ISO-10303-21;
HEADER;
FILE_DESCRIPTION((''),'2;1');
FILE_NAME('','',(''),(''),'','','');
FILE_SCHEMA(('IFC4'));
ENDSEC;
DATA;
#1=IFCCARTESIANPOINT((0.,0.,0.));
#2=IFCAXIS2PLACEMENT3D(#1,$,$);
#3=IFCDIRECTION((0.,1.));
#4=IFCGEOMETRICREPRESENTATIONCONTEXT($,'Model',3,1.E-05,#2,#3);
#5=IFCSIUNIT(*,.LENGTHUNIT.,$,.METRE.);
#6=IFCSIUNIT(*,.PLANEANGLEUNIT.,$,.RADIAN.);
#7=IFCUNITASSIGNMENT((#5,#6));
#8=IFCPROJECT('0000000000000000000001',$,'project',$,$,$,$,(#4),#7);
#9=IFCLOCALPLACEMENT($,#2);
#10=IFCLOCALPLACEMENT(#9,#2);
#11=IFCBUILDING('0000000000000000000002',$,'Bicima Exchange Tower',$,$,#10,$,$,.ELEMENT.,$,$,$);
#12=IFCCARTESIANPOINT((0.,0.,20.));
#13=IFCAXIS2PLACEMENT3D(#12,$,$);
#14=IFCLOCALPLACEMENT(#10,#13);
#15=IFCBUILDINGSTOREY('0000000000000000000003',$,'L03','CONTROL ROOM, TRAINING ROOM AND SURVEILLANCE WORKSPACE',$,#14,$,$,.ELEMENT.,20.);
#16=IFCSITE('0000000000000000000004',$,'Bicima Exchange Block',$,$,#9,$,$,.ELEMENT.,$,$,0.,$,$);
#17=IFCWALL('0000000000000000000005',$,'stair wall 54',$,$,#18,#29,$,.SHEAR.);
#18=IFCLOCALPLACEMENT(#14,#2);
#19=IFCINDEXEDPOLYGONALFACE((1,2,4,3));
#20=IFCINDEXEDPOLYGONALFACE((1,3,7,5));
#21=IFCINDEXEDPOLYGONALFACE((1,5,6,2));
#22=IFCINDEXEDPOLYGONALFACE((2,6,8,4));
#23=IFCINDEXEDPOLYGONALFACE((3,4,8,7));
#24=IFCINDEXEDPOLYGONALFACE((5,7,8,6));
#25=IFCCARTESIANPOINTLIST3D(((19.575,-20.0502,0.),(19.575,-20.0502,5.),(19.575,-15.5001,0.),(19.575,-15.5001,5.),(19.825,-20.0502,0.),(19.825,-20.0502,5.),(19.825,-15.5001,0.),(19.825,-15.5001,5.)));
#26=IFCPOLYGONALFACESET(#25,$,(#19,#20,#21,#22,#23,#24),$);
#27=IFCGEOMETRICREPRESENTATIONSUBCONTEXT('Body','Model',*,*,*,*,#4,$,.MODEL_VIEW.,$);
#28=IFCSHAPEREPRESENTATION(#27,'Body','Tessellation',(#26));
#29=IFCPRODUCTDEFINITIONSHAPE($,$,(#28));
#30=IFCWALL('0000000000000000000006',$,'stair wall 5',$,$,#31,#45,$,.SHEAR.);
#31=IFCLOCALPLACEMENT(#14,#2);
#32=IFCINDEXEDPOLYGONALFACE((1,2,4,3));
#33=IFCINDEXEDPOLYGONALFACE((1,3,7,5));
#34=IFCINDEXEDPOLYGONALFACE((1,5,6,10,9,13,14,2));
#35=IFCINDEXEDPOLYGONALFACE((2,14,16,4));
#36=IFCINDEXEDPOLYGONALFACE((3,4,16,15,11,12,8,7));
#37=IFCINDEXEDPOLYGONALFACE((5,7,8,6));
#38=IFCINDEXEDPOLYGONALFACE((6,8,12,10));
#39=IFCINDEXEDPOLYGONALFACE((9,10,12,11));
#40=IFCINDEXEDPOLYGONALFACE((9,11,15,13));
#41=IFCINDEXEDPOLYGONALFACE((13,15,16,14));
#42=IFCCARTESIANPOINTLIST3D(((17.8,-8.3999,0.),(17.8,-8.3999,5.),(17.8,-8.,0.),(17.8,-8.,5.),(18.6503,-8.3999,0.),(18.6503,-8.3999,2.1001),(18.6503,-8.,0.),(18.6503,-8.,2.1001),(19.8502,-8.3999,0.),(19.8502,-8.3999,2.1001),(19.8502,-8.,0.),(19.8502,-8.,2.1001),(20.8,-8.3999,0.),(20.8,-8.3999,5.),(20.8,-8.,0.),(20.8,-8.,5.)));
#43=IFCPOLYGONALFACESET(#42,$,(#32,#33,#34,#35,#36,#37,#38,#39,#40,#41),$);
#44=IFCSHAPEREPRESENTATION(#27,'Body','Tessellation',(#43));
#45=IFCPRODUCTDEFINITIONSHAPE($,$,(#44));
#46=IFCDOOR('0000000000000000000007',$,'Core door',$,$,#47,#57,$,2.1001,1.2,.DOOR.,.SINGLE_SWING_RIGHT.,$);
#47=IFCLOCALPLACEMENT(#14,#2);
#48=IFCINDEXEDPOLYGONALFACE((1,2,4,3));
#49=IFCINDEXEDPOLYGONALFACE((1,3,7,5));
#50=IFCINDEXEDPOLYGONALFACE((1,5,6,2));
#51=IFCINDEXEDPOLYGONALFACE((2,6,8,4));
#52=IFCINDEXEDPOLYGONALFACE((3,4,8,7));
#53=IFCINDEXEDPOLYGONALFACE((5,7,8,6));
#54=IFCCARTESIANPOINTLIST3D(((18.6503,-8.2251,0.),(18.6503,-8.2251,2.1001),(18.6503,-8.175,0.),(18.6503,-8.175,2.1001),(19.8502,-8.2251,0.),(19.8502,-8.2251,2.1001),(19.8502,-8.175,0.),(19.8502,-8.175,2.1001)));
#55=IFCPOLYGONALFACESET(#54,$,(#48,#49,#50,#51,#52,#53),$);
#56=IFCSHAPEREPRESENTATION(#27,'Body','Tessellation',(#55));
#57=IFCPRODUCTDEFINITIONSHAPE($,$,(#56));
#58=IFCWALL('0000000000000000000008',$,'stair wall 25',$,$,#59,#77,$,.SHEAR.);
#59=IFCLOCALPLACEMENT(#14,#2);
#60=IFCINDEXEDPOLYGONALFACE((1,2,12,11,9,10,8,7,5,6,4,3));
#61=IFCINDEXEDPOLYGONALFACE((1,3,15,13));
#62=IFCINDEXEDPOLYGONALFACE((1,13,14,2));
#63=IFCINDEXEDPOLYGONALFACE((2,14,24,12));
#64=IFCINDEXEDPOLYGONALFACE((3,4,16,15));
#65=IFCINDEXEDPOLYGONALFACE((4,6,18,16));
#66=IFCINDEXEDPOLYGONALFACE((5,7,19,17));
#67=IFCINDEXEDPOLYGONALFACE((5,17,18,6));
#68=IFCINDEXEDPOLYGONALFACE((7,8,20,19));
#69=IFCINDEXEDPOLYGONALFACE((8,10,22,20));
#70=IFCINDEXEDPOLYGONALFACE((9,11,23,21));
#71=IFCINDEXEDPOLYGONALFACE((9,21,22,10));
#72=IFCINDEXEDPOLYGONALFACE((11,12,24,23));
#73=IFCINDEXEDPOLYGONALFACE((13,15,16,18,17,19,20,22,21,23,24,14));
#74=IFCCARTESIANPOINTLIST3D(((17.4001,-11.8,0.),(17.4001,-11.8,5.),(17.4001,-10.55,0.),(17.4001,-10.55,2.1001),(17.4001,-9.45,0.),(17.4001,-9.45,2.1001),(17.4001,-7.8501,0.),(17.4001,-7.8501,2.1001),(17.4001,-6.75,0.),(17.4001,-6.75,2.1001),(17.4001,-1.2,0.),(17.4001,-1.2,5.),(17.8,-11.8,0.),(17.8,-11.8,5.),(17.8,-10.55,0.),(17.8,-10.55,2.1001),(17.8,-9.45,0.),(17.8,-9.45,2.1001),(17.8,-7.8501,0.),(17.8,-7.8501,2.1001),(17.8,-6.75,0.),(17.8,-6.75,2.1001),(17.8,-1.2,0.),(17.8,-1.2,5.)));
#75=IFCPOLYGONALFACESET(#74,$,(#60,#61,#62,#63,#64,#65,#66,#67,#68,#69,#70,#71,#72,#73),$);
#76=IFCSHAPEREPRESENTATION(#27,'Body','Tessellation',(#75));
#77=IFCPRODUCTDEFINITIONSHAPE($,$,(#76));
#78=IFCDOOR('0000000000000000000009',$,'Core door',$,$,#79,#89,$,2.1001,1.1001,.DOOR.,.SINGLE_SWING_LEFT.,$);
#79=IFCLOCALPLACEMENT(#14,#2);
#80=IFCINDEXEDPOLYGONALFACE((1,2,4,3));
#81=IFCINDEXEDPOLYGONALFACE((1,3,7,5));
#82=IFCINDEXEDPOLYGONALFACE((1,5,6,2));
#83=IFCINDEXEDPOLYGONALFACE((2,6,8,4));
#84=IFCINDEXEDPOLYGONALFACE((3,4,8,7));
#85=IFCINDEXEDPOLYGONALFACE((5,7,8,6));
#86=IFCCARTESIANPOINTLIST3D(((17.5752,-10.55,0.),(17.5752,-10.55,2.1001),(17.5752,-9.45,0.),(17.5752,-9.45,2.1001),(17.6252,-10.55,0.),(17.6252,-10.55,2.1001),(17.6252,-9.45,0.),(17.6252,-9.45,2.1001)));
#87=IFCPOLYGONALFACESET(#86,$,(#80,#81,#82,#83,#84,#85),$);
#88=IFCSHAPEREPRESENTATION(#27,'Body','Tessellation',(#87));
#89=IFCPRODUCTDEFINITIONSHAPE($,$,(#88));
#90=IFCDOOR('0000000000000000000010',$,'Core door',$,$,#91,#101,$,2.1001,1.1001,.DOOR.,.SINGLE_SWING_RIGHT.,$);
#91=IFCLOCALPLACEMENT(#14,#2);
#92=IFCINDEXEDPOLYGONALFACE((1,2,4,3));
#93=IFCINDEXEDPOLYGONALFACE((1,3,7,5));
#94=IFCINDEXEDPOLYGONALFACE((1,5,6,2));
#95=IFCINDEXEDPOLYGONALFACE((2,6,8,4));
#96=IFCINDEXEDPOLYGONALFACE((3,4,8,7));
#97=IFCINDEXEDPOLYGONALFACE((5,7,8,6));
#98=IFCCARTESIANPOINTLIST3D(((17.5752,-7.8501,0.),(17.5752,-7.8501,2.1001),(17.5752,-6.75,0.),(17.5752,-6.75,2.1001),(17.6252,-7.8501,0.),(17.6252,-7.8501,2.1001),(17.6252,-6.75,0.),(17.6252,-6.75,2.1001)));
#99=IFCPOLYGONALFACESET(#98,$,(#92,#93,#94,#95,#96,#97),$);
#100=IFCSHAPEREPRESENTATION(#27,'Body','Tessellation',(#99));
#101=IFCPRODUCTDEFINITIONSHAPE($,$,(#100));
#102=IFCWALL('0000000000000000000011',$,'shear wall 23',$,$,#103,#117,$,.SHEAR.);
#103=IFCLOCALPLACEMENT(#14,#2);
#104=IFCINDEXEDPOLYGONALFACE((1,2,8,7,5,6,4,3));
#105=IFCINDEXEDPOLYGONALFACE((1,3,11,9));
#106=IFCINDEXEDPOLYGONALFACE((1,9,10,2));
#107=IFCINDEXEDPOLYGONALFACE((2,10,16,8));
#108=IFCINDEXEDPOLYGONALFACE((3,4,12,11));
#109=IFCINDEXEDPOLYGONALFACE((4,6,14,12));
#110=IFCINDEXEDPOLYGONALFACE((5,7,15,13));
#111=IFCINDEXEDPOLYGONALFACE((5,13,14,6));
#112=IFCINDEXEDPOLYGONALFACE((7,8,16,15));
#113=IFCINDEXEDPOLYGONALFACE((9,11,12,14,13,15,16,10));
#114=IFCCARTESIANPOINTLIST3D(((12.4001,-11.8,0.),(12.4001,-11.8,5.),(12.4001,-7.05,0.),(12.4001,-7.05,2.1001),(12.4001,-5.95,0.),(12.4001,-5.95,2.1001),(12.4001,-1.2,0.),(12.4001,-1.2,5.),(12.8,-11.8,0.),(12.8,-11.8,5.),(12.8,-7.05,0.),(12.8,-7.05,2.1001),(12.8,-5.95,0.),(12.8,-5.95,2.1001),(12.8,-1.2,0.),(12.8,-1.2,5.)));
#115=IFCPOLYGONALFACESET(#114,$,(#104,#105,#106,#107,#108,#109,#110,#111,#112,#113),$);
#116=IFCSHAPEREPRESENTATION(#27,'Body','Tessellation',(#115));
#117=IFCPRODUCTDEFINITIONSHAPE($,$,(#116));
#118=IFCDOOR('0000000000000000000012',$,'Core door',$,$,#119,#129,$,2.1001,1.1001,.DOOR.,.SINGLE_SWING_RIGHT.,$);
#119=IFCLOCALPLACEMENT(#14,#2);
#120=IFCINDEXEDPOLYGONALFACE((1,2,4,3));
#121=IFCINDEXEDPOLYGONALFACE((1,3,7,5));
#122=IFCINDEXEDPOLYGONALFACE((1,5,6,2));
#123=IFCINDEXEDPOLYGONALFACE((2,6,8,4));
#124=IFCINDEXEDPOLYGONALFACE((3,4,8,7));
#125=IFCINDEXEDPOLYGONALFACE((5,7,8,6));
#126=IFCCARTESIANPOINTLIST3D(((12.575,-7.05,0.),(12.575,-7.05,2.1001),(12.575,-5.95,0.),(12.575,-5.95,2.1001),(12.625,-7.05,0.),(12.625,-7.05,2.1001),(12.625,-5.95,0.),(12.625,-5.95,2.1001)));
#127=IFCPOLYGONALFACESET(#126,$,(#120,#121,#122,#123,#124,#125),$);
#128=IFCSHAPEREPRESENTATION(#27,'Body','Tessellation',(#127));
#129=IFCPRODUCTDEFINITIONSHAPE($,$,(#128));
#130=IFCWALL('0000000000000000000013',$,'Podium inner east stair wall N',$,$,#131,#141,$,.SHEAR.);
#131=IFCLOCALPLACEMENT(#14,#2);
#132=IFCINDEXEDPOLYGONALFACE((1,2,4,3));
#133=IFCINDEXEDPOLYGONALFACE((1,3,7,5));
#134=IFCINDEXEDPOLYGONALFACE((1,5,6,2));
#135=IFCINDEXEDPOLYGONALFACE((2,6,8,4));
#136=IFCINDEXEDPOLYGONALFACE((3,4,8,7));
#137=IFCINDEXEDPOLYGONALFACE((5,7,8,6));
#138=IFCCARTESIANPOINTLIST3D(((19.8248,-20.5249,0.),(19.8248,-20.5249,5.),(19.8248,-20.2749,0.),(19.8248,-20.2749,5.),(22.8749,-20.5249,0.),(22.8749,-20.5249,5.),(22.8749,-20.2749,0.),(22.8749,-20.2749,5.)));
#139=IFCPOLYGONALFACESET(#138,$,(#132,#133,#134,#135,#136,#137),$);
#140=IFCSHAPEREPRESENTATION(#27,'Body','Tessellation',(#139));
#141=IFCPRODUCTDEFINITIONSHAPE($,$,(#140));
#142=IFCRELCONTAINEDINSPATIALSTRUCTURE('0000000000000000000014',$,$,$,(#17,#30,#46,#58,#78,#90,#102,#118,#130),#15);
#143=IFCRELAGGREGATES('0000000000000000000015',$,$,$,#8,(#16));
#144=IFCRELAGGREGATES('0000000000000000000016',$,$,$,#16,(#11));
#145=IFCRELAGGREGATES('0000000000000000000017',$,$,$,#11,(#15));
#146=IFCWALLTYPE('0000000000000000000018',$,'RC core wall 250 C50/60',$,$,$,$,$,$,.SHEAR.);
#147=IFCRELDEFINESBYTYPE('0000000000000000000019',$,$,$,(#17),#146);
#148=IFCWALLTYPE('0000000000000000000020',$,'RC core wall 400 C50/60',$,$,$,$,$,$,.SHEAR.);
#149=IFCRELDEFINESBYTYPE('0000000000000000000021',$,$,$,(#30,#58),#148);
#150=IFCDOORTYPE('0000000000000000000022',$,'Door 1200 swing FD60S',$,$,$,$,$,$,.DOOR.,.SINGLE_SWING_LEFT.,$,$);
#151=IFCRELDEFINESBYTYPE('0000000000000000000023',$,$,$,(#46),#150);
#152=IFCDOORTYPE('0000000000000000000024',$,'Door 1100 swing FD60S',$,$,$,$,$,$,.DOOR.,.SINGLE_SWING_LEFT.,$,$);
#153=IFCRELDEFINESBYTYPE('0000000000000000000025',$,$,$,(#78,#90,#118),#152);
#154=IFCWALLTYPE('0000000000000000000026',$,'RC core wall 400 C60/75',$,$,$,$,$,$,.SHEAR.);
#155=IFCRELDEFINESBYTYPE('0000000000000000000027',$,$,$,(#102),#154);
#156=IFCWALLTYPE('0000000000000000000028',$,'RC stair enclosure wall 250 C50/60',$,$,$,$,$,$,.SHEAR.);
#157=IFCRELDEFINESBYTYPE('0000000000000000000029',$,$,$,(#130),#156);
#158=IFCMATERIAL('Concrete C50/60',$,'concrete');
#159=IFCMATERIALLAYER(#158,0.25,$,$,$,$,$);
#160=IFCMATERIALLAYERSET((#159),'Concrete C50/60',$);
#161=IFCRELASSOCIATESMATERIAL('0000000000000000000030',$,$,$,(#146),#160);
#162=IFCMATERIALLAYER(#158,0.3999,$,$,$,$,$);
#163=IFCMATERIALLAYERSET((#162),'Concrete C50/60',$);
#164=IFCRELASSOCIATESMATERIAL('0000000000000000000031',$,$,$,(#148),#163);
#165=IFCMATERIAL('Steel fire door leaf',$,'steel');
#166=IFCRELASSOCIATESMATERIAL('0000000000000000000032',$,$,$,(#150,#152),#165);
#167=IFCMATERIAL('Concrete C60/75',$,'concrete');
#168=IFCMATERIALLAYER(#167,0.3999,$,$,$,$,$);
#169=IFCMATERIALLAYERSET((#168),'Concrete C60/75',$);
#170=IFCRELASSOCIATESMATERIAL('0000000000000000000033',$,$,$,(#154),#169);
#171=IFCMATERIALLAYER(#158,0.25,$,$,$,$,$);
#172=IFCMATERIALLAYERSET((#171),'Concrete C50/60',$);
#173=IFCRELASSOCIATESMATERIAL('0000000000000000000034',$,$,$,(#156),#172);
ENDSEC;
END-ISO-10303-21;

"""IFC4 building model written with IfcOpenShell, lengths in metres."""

from ifc_helpers import new_model, si_unit, direction, frame, frame_2d, origin, place, context, subcontext, project, spatial, rectangle, extrude, material, layer, layer_set, type_object, element, fill, save


model = new_model("IFC4")

# Units and contexts
model_context = context("Model", 3, precision=1e-05, world=origin(), true_north=direction((0.0, 1.0)))
body_context = subcontext(model_context, "Body", "Model", "MODEL_VIEW")
ifc_project = project(units=[si_unit("LENGTHUNIT", "METRE"), si_unit("PLANEANGLEUNIT", "RADIAN")], contexts=[model_context])

# Site, building, storey
site_placement = place(None, origin())
site = spatial("IfcSite", under=ifc_project, at=site_placement, Name="Bicima Exchange Block", CompositionType="ELEMENT", RefElevation=0.0)
building_placement = place(site_placement, origin())
building = spatial("IfcBuilding", under=site, at=building_placement, Name="Bicima Exchange Tower", CompositionType="ELEMENT")
storey_placement = place(building_placement, frame((0.0, 0.0, 20.0)))
storey = spatial("IfcBuildingStorey", under=building, at=storey_placement, Name="L03", Description="CONTROL ROOM, TRAINING ROOM AND SURVEILLANCE WORKSPACE", CompositionType="ELEMENT", Elevation=20.0)

# Shared definitions
ifc_material_1 = material(Name="Concrete C60/75", Category="concrete")

# Shared definitions
ifc_material_2 = material(Name="Steel fire door leaf", Category="steel")

# Wall
ifc_material_3 = material(Name="Concrete C50/60", Category="concrete")
ifc_layer_1 = layer(ifc_material_3, 0.25)
ifc_layer_set_1 = layer_set([ifc_layer_1], Name="Concrete C50/60")
wall_type_1 = type_object("IfcWallType", Name="RC core wall 250 C50/60", PredefinedType="SHEAR", material=ifc_layer_set_1)
wall_1_placement = place(storey_placement, frame((19.7, -20.05, 0.0), z_axis=(0.0, 0.0, 1.0), x_axis=(0.0, 1.0, 0.0)))
element("IfcWall", 1, at=wall_1_placement, inside=storey, type_object=wall_type_1, Name="stair wall 54", PredefinedType="SHEAR", context=body_context, shape_type="SweptSolid", body=[
    extrude(rectangle(XDim=4.55, YDim=0.25, at=frame_2d((2.2749, 0.0))), origin(), (0.0, 0.0, 1.0), 5.0),
])

# Wall, opening, door
ifc_layer_2 = layer(ifc_material_3, 0.3999)
ifc_layer_set_2 = layer_set([ifc_layer_2], Name="Concrete C50/60")
wall_type_2 = type_object("IfcWallType", Name="RC core wall 400 C50/60", PredefinedType="SHEAR", material=ifc_layer_set_2)
wall_2_placement = place(storey_placement, frame((17.8, -8.2, 0.0), z_axis=(0.0, 0.0, 1.0), x_axis=(1.0, 0.0, 0.0)))
wall_2 = element("IfcWall", 2, at=wall_2_placement, inside=storey, type_object=wall_type_2, Name="stair wall 5", PredefinedType="SHEAR", context=body_context, shape_type="SweptSolid", body=[
    extrude(rectangle(XDim=3.0, YDim=0.3999, at=frame_2d((1.5, 0.0))), origin(), (0.0, 0.0, 1.0), 5.0),
])
opening_1_placement = place(wall_2_placement, frame((0.8501, 0.0, 0.0)))
opening_1 = element("IfcOpeningElement", 3, at=opening_1_placement, cuts=wall_2, PredefinedType="OPENING", context=body_context, shape_type="SweptSolid", body=[
    extrude(rectangle(XDim=1.2, YDim=2.1001, at=frame_2d((0.6001, 1.05))), frame((0.0, 0.2119, 0.0), z_axis=(0.0, -1.0, 0.0), x_axis=(1.0, 0.0, 0.0)), (0.0, 0.0, 1.0), 0.4238),
])
door_type_1 = type_object("IfcDoorType", Name="Door 1200 swing FD60S", OperationType="SINGLE_SWING_LEFT", PredefinedType="DOOR", material=ifc_material_2)
door_1_placement = place(opening_1_placement, origin())
door_1 = element("IfcDoor", 4, at=door_1_placement, inside=storey, type_object=door_type_1, Name="Core door", OperationType="SINGLE_SWING_RIGHT", OverallHeight=2.1001, OverallWidth=1.2, PredefinedType="DOOR", context=body_context, shape_type="SweptSolid", body=[
    extrude(rectangle(XDim=1.2, YDim=2.1001, at=frame_2d((0.6001, 1.05))), frame((0.0, 0.0249, 0.0), z_axis=(0.0, -1.0, 0.0), x_axis=(1.0, 0.0, 0.0)), (0.0, 0.0, 1.0), 0.05),
])
fill(opening_1, door_1)

# Wall, openings, doors
wall_3_placement = place(storey_placement, frame((17.6001, -11.8, 0.0), z_axis=(0.0, 0.0, 1.0), x_axis=(0.0, 1.0, 0.0)))
wall_3 = element("IfcWall", 5, at=wall_3_placement, inside=storey, type_object=wall_type_2, Name="stair wall 25", PredefinedType="SHEAR", context=body_context, shape_type="SweptSolid", body=[
    extrude(rectangle(XDim=10.6001, YDim=0.3999, at=frame_2d((5.3, 0.0))), origin(), (0.0, 0.0, 1.0), 5.0),
])
opening_2_placement = place(wall_3_placement, frame((1.25, 0.0, 0.0)))
opening_2 = element("IfcOpeningElement", 6, at=opening_2_placement, cuts=wall_3, PredefinedType="OPENING", context=body_context, shape_type="SweptSolid", body=[
    extrude(rectangle(XDim=1.1001, YDim=2.1001, at=frame_2d((0.55, 1.05))), frame((0.0, 0.2119, 0.0), z_axis=(0.0, -1.0, 0.0), x_axis=(1.0, 0.0, 0.0)), (0.0, 0.0, 1.0), 0.4238),
])
opening_3_placement = place(wall_3_placement, frame((3.95, 0.0, 0.0)))
opening_3 = element("IfcOpeningElement", 7, at=opening_3_placement, cuts=wall_3, PredefinedType="OPENING", context=body_context, shape_type="SweptSolid", body=[
    extrude(rectangle(XDim=1.1001, YDim=2.1001, at=frame_2d((0.55, 1.05))), frame((0.0, 0.2119, 0.0), z_axis=(0.0, -1.0, 0.0), x_axis=(1.0, 0.0, 0.0)), (0.0, 0.0, 1.0), 0.4238),
])
door_type_2 = type_object("IfcDoorType", Name="Door 1100 swing FD60S", OperationType="SINGLE_SWING_LEFT", PredefinedType="DOOR", material=ifc_material_2)
door_2_placement = place(opening_2_placement, origin())
door_2 = element("IfcDoor", 8, at=door_2_placement, inside=storey, type_object=door_type_2, Name="Core door", OperationType="SINGLE_SWING_LEFT", OverallHeight=2.1001, OverallWidth=1.1001, PredefinedType="DOOR", context=body_context, shape_type="SweptSolid", body=[
    extrude(rectangle(XDim=1.1001, YDim=2.1001, at=frame_2d((0.55, 1.05))), frame((0.0, 0.0249, 0.0), z_axis=(0.0, -1.0, 0.0), x_axis=(1.0, 0.0, 0.0)), (0.0, 0.0, 1.0), 0.05),
])
fill(opening_2, door_2)
door_3_placement = place(opening_3_placement, origin())
door_3 = element("IfcDoor", 9, at=door_3_placement, inside=storey, type_object=door_type_2, Name="Core door", OperationType="SINGLE_SWING_RIGHT", OverallHeight=2.1001, OverallWidth=1.1001, PredefinedType="DOOR", context=body_context, shape_type="SweptSolid", body=[
    extrude(rectangle(XDim=1.1001, YDim=2.1001, at=frame_2d((0.55, 1.05))), frame((0.0, 0.0249, 0.0), z_axis=(0.0, -1.0, 0.0), x_axis=(1.0, 0.0, 0.0)), (0.0, 0.0, 1.0), 0.05),
])
fill(opening_3, door_3)

# Wall, opening, door
ifc_layer_3 = layer(ifc_material_1, 0.3999)
ifc_layer_set_3 = layer_set([ifc_layer_3], Name="Concrete C60/75")
wall_type_3 = type_object("IfcWallType", Name="RC core wall 400 C60/75", PredefinedType="SHEAR", material=ifc_layer_set_3)
wall_4_placement = place(storey_placement, frame((12.6001, -11.8, 0.0), z_axis=(0.0, 0.0, 1.0), x_axis=(0.0, 1.0, 0.0)))
wall_4 = element("IfcWall", 10, at=wall_4_placement, inside=storey, type_object=wall_type_3, Name="shear wall 23", PredefinedType="SHEAR", context=body_context, shape_type="SweptSolid", body=[
    extrude(rectangle(XDim=10.6001, YDim=0.3999, at=frame_2d((5.3, 0.0))), origin(), (0.0, 0.0, 1.0), 5.0),
])
opening_4_placement = place(wall_4_placement, frame((4.75, 0.0, 0.0)))
opening_4 = element("IfcOpeningElement", 11, at=opening_4_placement, cuts=wall_4, PredefinedType="OPENING", context=body_context, shape_type="SweptSolid", body=[
    extrude(rectangle(XDim=1.1001, YDim=2.1001, at=frame_2d((0.55, 1.05))), frame((0.0, 0.2119, 0.0), z_axis=(0.0, -1.0, 0.0), x_axis=(1.0, 0.0, 0.0)), (0.0, 0.0, 1.0), 0.4238),
])
door_4_placement = place(opening_4_placement, frame((1.1001, 0.0, 0.0), z_axis=(0.0, 0.0, 1.0), x_axis=(-1.0, 0.0, 0.0)))
door_4 = element("IfcDoor", 12, at=door_4_placement, inside=storey, type_object=door_type_2, Name="Core door", OperationType="SINGLE_SWING_RIGHT", OverallHeight=2.1001, OverallWidth=1.1001, PredefinedType="DOOR", context=body_context, shape_type="SweptSolid", body=[
    extrude(rectangle(XDim=1.1001, YDim=2.1001, at=frame_2d((0.55, 1.05))), frame((0.0, 0.0249, 0.0), z_axis=(0.0, -1.0, 0.0), x_axis=(1.0, 0.0, 0.0)), (0.0, 0.0, 1.0), 0.05),
])
fill(opening_4, door_4)

# Wall
ifc_layer_4 = layer(ifc_material_3, 0.25)
ifc_layer_set_4 = layer_set([ifc_layer_4], Name="Concrete C50/60")
wall_type_4 = type_object("IfcWallType", Name="RC stair enclosure wall 250 C50/60", PredefinedType="SHEAR", material=ifc_layer_set_4)
wall_5_placement = place(storey_placement, frame((19.825, -20.3999, 0.0), z_axis=(0.0, 0.0, 1.0), x_axis=(1.0, 0.0, 0.0)))
element("IfcWall", 13, at=wall_5_placement, inside=storey, type_object=wall_type_4, Name="Podium inner east stair wall N", PredefinedType="SHEAR", context=body_context, shape_type="SweptSolid", body=[
    extrude(rectangle(XDim=3.05, YDim=0.25, at=frame_2d((1.5249, 0.0))), origin(), (0.0, 0.0, 1.0), 5.0),
])

save(model, "model.ifc")
